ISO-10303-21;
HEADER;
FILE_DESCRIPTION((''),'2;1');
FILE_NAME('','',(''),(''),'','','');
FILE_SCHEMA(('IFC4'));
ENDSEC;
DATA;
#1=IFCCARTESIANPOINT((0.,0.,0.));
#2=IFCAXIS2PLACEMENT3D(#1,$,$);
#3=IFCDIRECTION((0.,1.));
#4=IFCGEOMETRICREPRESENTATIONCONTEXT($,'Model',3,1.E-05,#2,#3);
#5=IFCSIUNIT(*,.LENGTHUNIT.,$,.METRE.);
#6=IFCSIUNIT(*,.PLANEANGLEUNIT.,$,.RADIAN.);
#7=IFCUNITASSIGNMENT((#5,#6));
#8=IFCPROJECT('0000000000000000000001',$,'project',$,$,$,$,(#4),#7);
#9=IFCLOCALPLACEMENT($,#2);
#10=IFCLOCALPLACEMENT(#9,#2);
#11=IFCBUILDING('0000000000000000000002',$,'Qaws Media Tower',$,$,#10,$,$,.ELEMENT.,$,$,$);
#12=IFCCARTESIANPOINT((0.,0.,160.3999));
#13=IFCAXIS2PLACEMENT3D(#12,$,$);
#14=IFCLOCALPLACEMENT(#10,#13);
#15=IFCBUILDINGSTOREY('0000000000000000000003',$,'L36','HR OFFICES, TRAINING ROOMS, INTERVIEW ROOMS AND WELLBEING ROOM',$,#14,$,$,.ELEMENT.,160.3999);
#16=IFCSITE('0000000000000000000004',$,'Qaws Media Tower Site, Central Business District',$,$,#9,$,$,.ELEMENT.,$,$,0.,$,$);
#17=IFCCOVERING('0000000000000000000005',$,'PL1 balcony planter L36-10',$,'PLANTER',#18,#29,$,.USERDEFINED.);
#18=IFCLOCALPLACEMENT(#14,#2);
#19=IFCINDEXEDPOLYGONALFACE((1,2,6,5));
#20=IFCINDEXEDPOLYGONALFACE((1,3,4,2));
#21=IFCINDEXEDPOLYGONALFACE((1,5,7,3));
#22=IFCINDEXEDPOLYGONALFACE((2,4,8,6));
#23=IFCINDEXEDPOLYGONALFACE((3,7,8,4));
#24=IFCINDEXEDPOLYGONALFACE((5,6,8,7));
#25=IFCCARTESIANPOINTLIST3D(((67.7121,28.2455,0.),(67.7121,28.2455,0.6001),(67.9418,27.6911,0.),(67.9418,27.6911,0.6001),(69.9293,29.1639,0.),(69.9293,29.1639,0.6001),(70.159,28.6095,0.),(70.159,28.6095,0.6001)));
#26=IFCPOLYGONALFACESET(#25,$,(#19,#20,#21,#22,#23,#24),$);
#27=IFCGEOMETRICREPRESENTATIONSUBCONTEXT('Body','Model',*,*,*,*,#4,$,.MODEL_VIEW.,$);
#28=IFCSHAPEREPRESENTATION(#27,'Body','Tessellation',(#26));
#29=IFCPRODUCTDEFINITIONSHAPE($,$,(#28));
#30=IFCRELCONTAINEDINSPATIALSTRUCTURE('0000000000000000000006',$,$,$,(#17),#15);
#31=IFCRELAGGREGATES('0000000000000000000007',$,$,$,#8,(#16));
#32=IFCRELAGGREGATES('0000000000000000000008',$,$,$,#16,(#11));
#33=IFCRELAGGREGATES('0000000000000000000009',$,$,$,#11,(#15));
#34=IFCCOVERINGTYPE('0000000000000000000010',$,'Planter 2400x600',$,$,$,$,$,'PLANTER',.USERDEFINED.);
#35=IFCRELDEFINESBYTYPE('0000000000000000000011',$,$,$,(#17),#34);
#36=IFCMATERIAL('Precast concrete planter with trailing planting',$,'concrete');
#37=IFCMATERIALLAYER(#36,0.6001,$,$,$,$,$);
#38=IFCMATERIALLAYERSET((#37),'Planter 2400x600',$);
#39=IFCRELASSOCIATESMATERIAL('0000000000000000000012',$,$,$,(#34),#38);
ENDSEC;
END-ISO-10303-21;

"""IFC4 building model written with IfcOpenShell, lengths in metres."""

from ifc_helpers import new_model, si_unit, direction, frame, origin, origin_2d, place, context, subcontext, project, spatial, rectangle, extrude, material, layer, layer_set, type_object, element, save


model = new_model("IFC4")

# Units and contexts
model_context = context("Model", 3, precision=1e-05, world=origin(), true_north=direction((0.0, 1.0)))
body_context = subcontext(model_context, "Body", "Model", "MODEL_VIEW")
ifc_project = project(units=[si_unit("LENGTHUNIT", "METRE"), si_unit("PLANEANGLEUNIT", "RADIAN")], contexts=[model_context])

# Site, building, storey
site_placement = place(None, origin())
site = spatial("IfcSite", under=ifc_project, at=site_placement, Name="Qaws Media Tower Site, Central Business District", CompositionType="ELEMENT", RefElevation=0.0)
building_placement = place(site_placement, origin())
building = spatial("IfcBuilding", under=site, at=building_placement, Name="Qaws Media Tower", CompositionType="ELEMENT")
storey_placement = place(building_placement, frame((0.0, 0.0, 160.3999)))
storey = spatial("IfcBuildingStorey", under=building, at=storey_placement, Name="L36", Description="HR OFFICES, TRAINING ROOMS, INTERVIEW ROOMS AND WELLBEING ROOM", CompositionType="ELEMENT", Elevation=160.3999)

# Covering
ifc_material_1 = material(Name="Precast concrete planter with trailing planting", Category="concrete")
ifc_layer_1 = layer(ifc_material_1, 0.6001)
ifc_layer_set_1 = layer_set([ifc_layer_1], Name="Planter 2400x600")
covering_type = type_object("IfcCoveringType", Name="Planter 2400x600", ElementType="PLANTER", PredefinedType="USERDEFINED", material=ifc_layer_set_1)
for number, where, z_axis, x_axis, name in (
    (1, (68.9355, 28.4275, 0.0), (0.0, 0.0, 1.0), (0.92388, 0.382683, 0.0), "PL1 balcony planter L36-10"),
):
    element("IfcCovering", number, at=place(storey_placement, frame(where, z_axis=z_axis, x_axis=x_axis)), inside=storey, type_object=covering_type, Name=name, ObjectType="PLANTER", PredefinedType="USERDEFINED", context=body_context, shape_type="SweptSolid", body=[
        extrude(rectangle(XDim=2.3999, YDim=0.6001, at=origin_2d()), origin(), (0.0, 0.0, 1.0), 0.6001),
    ])

save(model, "model.ifc")
